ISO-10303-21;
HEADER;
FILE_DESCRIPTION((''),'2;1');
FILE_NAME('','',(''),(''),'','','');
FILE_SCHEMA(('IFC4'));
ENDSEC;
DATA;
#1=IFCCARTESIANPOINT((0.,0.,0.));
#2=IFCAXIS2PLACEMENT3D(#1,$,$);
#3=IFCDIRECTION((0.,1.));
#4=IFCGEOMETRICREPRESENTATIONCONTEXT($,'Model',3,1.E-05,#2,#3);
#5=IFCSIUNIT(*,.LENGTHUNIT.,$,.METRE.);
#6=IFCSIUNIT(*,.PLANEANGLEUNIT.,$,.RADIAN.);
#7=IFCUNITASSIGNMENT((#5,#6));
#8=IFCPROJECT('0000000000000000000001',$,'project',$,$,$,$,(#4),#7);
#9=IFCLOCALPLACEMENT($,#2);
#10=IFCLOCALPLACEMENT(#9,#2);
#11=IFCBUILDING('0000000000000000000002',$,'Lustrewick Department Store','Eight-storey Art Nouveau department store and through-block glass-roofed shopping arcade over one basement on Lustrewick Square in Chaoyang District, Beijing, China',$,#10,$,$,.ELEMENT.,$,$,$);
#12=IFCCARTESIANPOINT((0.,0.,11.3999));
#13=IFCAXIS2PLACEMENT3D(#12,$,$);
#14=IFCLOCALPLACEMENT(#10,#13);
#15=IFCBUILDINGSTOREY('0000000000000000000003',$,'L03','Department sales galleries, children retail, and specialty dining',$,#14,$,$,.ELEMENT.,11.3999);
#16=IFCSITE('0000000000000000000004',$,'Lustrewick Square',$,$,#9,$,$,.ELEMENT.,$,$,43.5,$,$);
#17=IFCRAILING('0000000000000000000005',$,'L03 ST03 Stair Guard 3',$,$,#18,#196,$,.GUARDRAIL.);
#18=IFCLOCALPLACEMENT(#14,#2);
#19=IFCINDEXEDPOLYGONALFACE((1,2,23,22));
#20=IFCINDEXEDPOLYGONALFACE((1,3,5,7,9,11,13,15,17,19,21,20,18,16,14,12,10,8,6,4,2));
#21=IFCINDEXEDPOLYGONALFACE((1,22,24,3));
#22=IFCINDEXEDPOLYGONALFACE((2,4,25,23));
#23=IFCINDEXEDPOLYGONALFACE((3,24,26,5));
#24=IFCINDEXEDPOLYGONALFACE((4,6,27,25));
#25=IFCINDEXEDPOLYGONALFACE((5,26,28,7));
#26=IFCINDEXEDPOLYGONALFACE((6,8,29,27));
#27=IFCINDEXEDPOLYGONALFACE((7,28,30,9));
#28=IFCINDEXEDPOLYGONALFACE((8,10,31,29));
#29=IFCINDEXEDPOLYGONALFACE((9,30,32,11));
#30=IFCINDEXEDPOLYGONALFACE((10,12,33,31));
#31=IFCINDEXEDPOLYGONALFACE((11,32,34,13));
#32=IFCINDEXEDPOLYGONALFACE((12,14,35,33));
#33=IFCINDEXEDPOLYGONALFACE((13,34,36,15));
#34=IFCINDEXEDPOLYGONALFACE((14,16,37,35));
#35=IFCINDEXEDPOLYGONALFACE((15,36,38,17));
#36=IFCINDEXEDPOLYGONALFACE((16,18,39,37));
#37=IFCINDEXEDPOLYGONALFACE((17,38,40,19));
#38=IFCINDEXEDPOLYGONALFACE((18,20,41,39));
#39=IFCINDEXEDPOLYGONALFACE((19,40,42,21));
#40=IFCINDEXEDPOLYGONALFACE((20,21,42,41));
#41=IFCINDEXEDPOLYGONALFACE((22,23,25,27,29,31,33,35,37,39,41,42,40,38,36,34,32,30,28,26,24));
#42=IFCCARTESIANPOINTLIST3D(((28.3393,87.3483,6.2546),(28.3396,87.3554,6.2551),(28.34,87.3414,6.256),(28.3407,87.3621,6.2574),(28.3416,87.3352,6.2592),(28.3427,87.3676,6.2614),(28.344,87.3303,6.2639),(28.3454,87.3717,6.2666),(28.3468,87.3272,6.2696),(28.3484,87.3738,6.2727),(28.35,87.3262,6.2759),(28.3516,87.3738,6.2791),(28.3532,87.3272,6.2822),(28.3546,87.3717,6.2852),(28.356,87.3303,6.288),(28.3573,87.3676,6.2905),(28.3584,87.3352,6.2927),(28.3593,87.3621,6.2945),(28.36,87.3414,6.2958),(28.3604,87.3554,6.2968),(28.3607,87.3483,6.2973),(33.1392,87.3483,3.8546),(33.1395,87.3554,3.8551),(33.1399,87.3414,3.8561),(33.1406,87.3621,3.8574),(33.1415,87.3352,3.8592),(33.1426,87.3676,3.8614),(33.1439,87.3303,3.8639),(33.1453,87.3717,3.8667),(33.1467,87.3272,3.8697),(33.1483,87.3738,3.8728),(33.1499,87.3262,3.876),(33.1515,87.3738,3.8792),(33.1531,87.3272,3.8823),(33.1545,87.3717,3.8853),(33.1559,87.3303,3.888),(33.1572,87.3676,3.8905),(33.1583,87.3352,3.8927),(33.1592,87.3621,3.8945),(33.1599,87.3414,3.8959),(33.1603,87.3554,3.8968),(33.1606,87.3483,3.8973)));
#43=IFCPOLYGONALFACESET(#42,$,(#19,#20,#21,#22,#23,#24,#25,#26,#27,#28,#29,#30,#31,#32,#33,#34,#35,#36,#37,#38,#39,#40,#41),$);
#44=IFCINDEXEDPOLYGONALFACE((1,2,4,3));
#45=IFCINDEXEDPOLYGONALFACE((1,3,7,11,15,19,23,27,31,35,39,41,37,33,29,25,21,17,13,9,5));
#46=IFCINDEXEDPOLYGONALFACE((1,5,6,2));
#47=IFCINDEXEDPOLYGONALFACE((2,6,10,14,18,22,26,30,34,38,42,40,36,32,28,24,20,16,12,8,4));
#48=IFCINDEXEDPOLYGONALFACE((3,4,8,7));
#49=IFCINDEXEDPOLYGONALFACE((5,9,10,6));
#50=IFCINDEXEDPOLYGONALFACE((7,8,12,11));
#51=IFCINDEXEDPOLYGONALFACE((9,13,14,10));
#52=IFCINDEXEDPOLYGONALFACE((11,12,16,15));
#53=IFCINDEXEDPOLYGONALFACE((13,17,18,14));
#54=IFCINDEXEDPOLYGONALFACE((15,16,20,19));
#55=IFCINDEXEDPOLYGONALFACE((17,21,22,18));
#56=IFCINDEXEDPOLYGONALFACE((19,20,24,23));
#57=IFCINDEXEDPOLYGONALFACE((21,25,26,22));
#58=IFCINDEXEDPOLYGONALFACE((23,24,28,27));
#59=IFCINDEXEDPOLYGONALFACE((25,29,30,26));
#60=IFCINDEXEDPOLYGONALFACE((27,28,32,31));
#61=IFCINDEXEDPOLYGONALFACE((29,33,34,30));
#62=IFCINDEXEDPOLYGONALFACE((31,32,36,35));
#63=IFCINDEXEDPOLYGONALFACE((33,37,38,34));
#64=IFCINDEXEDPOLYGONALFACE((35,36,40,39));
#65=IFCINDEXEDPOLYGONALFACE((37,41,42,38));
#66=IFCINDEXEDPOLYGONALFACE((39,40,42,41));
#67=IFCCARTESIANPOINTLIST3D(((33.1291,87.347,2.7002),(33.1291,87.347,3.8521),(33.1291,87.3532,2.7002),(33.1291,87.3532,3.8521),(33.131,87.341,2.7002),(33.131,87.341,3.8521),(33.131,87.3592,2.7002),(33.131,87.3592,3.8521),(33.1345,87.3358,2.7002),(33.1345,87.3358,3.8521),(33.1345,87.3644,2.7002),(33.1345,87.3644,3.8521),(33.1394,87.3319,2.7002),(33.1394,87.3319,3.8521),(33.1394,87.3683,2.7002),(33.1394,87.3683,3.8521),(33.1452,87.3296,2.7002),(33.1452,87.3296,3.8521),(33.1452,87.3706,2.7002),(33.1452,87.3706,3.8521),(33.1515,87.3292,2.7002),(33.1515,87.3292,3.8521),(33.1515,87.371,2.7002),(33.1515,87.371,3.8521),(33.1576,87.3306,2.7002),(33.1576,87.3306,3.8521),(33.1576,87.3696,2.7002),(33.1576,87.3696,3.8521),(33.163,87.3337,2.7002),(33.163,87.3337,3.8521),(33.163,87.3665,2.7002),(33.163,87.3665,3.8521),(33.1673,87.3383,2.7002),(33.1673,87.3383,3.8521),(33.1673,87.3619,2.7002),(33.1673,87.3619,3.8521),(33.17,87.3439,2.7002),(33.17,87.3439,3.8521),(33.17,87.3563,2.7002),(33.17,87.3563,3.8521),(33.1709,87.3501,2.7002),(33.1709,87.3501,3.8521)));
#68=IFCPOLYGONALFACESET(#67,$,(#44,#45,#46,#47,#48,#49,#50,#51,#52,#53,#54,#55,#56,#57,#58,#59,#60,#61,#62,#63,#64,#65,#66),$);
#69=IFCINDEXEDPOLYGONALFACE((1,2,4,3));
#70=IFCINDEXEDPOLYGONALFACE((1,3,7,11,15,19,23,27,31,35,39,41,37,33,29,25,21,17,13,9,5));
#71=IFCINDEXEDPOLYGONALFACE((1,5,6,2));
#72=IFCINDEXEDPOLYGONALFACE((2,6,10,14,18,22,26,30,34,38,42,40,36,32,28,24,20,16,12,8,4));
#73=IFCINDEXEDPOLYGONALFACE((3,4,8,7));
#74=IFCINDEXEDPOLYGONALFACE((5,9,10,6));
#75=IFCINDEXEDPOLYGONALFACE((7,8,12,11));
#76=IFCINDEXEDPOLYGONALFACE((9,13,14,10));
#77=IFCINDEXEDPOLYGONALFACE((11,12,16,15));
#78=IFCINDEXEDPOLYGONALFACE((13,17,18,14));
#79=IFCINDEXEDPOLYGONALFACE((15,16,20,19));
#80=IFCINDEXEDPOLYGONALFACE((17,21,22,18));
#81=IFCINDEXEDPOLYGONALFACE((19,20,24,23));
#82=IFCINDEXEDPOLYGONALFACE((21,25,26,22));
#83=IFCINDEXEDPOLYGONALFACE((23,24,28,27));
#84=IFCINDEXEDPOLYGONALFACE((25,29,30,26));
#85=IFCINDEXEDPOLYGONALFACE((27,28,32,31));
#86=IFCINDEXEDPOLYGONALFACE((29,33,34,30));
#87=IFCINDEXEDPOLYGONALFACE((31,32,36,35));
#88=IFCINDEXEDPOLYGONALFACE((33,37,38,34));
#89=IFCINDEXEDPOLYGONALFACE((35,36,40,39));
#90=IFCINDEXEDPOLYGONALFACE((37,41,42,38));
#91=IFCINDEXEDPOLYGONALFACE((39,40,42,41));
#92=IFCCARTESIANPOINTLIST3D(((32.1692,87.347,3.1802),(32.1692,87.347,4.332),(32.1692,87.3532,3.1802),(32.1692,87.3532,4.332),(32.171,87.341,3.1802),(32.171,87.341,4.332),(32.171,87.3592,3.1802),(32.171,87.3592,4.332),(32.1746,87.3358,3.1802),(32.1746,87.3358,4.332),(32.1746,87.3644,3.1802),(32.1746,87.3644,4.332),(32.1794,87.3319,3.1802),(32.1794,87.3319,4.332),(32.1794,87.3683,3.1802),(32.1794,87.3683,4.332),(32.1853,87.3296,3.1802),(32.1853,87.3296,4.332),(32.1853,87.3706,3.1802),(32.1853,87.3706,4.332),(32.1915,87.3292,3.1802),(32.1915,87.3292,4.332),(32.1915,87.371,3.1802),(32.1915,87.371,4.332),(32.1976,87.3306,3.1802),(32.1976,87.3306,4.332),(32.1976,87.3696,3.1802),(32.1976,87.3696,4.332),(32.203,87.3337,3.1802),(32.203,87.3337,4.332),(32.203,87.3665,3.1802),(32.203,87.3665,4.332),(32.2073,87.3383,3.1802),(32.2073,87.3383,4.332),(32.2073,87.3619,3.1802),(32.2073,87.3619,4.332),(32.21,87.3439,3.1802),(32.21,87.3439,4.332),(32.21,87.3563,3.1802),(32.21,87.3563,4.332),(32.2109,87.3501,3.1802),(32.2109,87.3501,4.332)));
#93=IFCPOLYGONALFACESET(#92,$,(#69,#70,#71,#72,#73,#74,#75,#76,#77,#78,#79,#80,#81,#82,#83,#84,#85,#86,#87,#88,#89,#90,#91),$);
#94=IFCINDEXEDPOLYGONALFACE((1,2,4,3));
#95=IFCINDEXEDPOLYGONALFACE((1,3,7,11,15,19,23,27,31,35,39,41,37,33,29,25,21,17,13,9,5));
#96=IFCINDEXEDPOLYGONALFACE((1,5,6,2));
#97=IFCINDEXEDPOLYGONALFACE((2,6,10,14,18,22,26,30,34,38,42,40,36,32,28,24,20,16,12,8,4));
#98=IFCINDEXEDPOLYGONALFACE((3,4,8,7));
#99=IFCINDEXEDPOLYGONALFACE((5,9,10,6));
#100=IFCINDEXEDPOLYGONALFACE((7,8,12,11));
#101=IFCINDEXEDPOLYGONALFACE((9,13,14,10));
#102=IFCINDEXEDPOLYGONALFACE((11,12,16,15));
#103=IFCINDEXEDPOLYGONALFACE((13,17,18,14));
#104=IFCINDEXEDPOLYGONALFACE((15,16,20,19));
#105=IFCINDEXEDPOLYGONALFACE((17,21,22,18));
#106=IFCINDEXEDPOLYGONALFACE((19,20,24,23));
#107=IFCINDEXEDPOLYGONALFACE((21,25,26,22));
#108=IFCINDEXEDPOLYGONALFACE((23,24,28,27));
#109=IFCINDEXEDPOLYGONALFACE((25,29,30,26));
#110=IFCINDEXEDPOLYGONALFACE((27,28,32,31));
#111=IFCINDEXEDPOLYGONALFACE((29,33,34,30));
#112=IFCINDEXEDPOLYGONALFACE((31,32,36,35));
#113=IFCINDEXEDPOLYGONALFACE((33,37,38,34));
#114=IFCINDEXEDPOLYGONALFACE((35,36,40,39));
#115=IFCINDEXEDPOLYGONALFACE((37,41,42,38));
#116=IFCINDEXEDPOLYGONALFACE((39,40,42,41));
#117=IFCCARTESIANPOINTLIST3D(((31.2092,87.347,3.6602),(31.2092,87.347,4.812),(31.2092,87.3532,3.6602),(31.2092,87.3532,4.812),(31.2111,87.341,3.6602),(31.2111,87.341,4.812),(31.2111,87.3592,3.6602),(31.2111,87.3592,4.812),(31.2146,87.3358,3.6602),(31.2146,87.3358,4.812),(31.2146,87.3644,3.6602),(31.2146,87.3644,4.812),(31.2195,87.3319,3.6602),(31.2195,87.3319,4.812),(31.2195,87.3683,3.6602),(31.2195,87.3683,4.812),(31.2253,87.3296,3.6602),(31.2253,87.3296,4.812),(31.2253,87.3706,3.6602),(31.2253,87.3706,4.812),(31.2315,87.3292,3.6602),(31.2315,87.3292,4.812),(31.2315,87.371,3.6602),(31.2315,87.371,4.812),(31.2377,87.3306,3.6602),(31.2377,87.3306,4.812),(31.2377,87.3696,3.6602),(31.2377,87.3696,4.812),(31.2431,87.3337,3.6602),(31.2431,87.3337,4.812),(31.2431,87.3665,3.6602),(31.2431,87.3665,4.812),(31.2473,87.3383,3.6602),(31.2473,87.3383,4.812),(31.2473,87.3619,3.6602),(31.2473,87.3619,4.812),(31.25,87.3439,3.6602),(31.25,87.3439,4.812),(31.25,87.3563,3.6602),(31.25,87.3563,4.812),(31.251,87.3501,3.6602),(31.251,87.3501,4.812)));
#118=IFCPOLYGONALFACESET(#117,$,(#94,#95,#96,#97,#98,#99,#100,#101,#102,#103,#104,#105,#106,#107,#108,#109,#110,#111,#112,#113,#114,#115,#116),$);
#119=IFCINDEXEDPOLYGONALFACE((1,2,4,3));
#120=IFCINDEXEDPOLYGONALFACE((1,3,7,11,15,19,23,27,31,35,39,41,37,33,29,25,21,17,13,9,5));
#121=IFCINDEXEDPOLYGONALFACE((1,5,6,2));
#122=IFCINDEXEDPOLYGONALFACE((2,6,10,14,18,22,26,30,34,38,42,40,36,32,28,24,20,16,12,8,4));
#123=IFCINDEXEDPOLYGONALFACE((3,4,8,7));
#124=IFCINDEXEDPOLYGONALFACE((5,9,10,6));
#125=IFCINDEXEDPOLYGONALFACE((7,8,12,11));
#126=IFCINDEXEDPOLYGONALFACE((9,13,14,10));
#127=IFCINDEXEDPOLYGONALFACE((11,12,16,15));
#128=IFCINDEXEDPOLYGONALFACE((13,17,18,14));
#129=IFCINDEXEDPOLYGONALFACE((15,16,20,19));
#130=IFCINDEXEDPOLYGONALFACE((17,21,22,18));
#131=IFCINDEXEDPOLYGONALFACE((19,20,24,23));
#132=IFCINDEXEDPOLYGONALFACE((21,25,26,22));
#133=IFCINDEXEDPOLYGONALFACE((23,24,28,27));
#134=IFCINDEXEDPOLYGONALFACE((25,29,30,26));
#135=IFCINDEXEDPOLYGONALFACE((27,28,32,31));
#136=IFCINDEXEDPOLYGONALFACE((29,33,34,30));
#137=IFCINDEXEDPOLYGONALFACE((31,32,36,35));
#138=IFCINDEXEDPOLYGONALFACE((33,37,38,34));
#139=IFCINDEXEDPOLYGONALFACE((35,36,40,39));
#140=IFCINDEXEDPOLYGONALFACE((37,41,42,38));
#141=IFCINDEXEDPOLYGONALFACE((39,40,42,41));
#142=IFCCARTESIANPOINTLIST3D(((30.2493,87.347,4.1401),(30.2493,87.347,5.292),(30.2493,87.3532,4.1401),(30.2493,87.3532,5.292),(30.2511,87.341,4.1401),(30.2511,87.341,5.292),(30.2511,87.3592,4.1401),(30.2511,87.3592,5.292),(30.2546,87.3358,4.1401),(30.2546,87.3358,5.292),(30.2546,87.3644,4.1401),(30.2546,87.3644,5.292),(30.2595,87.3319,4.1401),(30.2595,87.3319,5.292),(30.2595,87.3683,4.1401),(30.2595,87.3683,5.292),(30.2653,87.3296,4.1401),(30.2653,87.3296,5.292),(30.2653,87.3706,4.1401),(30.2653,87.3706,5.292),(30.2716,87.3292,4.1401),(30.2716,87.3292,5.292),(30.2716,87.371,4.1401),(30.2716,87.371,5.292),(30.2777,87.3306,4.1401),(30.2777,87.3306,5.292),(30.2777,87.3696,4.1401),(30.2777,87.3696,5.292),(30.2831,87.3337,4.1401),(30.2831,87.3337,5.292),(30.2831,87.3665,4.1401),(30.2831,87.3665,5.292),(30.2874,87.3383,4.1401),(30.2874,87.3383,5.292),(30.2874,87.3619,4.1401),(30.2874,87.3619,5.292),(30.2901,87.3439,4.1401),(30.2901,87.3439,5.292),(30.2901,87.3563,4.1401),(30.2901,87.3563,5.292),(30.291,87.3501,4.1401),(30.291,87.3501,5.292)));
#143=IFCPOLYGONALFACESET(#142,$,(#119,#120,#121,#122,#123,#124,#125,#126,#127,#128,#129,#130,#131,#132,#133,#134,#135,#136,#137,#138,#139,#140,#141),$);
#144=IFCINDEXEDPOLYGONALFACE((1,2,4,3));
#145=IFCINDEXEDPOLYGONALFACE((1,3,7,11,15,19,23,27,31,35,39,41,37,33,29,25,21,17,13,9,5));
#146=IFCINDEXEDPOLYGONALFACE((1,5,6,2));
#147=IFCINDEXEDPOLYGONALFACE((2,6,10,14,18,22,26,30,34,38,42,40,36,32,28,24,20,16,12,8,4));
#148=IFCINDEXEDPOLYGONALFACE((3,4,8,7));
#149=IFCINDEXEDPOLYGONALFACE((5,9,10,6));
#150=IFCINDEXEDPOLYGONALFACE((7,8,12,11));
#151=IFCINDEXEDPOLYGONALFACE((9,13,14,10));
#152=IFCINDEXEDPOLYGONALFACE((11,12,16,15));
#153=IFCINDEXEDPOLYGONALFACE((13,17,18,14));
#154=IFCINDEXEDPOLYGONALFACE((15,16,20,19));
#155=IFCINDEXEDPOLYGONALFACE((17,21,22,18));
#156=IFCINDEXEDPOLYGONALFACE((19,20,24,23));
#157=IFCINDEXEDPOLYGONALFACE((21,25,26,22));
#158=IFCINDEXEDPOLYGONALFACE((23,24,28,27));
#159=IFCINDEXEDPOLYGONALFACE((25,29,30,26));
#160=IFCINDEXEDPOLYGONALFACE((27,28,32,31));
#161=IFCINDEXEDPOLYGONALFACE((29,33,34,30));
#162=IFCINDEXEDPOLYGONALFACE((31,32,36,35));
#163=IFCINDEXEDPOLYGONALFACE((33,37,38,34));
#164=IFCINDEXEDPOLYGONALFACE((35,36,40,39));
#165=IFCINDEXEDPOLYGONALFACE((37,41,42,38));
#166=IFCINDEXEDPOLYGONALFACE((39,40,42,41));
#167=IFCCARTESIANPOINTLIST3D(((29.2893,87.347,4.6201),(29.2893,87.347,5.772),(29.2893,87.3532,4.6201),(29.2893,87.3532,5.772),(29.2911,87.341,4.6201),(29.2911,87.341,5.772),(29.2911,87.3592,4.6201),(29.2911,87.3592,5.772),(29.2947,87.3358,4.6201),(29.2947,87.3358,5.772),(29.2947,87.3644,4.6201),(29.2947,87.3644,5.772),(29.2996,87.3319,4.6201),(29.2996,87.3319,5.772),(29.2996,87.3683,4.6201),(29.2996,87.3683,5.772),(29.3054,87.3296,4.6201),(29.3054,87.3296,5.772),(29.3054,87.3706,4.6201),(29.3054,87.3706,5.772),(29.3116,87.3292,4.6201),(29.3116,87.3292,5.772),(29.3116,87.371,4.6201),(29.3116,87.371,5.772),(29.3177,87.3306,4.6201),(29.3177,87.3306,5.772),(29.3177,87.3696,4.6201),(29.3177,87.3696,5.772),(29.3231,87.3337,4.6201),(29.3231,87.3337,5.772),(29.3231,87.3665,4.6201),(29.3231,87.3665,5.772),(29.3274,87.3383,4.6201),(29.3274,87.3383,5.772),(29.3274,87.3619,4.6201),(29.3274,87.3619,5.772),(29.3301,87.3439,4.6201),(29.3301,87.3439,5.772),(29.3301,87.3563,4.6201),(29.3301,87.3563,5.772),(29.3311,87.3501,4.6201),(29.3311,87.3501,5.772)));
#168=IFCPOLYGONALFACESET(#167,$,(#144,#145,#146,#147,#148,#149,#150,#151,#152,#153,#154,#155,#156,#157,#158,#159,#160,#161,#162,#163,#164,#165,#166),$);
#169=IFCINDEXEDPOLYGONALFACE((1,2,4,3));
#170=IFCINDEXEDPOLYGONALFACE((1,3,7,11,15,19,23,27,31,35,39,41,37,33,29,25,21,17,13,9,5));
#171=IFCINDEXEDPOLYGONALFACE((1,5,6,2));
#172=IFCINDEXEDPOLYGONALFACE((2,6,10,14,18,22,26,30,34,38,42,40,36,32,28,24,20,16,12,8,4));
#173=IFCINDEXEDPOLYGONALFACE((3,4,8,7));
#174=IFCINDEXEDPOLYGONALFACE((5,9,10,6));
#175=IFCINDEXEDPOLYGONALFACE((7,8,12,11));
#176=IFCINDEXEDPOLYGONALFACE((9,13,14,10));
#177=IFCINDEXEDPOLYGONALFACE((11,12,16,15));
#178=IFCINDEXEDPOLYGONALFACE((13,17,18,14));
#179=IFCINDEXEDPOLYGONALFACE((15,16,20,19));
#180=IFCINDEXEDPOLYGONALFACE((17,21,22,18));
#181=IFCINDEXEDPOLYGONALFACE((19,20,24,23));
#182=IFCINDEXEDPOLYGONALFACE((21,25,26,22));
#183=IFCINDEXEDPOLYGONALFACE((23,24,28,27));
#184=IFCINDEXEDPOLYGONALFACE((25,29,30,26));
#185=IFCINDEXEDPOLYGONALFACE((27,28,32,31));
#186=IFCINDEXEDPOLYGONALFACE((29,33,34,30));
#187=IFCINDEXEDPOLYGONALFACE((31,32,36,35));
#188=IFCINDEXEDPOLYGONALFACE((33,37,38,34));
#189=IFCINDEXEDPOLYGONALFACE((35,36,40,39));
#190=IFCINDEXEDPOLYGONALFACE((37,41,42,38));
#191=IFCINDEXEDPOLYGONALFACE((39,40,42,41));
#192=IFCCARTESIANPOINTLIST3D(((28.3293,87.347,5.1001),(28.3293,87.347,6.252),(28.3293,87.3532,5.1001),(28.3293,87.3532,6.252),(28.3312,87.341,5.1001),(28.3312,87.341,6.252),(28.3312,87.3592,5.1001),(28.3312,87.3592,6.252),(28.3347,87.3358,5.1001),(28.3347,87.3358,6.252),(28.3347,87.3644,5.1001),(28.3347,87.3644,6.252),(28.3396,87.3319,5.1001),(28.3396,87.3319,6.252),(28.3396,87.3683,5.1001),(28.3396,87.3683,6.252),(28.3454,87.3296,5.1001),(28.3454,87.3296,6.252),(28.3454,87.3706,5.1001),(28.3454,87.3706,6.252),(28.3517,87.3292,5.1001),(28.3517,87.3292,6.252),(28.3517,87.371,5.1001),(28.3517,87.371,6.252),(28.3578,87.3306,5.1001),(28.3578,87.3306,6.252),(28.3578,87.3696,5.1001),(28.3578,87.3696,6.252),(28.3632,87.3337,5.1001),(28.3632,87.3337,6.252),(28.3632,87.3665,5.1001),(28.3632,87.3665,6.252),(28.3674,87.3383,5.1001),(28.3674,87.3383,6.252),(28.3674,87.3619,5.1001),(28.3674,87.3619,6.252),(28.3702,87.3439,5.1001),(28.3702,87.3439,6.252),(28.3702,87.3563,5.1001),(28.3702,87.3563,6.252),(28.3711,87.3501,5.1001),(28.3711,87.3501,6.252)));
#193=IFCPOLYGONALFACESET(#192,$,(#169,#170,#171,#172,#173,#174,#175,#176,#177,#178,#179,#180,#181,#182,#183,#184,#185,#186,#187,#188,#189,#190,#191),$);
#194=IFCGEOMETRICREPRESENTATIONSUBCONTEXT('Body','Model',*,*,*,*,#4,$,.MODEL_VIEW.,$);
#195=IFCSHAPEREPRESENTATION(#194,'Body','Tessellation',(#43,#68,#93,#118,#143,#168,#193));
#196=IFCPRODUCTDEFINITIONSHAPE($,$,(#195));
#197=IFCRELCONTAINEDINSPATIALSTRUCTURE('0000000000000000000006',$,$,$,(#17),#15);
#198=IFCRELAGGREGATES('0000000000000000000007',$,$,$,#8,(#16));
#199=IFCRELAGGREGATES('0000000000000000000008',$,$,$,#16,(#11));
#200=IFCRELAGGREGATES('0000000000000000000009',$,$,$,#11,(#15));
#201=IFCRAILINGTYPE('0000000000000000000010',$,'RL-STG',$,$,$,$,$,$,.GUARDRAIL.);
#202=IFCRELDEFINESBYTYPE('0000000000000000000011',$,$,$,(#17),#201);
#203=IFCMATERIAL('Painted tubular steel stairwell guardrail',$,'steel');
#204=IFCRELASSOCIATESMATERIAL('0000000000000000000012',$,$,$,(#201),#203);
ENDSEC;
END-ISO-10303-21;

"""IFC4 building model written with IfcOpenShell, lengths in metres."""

from ifc_helpers import new_model, si_unit, direction, frame, origin, origin_2d, place, context, subcontext, project, spatial, circle, extrude, material, type_object, element, save


model = new_model("IFC4")

# Units and contexts
model_context = context("Model", 3, precision=1e-05, world=origin(), true_north=direction((0.0, 1.0)))
body_context = subcontext(model_context, "Body", "Model", "MODEL_VIEW")
ifc_project = project(units=[si_unit("LENGTHUNIT", "METRE"), si_unit("PLANEANGLEUNIT", "RADIAN")], contexts=[model_context])

# Site, building, storey
site_placement = place(None, origin())
site = spatial("IfcSite", under=ifc_project, at=site_placement, Name="Lustrewick Square", CompositionType="ELEMENT", RefElevation=43.5)
building_placement = place(site_placement, origin())
building = spatial("IfcBuilding", under=site, at=building_placement, Name="Lustrewick Department Store", Description="Eight-storey Art Nouveau department store and through-block glass-roofed shopping arcade over one basement on Lustrewick Square in Chaoyang District, Beijing, China", CompositionType="ELEMENT")
storey_placement = place(building_placement, frame((0.0, 0.0, 11.3999)))
storey = spatial("IfcBuildingStorey", under=building, at=storey_placement, Name="L03", Description="Department sales galleries, children retail, and specialty dining", CompositionType="ELEMENT", Elevation=11.3999)

# Railing
ifc_material_1 = material(Name="Painted tubular steel stairwell guardrail", Category="steel")
railing_type_1 = type_object("IfcRailingType", Name="RL-STG", PredefinedType="GUARDRAIL", material=ifc_material_1)
railing_1_placement = place(storey_placement, frame((33.1499, 87.3501, 2.7002)))
element("IfcRailing", 1, at=railing_1_placement, inside=storey, type_object=railing_type_1, Name="L03 ST03 Stair Guard 3", PredefinedType="GUARDRAIL", context=body_context, shape_type="SweptSolid", body=[
    extrude(circle(Radius=0.0239, at=origin_2d()), frame((0.0, 0.0, 1.1758), z_axis=(-0.894427, 0.0, 0.447214), x_axis=(0.0, -1.0, 0.0)), (0.0, 0.0, 1.0), 5.3665),
    extrude(circle(Radius=0.021, at=origin_2d()), origin(), (0.0, 0.0, 1.0), 1.1519),
    extrude(circle(Radius=0.021, at=origin_2d()), frame((-0.96, 0.0, 0.48)), (0.0, 0.0, 1.0), 1.1519),
    extrude(circle(Radius=0.021, at=origin_2d()), frame((-1.9199, 0.0, 0.96)), (0.0, 0.0, 1.0), 1.1519),
    extrude(circle(Radius=0.021, at=origin_2d()), frame((-2.8799, 0.0, 1.4399)), (0.0, 0.0, 1.0), 1.1519),
    extrude(circle(Radius=0.021, at=origin_2d()), frame((-3.8398, 0.0, 1.9199)), (0.0, 0.0, 1.0), 1.1519),
    extrude(circle(Radius=0.021, at=origin_2d()), frame((-4.7998, 0.0, 2.3999)), (0.0, 0.0, 1.0), 1.1519),
])

save(model, "model.ifc")
